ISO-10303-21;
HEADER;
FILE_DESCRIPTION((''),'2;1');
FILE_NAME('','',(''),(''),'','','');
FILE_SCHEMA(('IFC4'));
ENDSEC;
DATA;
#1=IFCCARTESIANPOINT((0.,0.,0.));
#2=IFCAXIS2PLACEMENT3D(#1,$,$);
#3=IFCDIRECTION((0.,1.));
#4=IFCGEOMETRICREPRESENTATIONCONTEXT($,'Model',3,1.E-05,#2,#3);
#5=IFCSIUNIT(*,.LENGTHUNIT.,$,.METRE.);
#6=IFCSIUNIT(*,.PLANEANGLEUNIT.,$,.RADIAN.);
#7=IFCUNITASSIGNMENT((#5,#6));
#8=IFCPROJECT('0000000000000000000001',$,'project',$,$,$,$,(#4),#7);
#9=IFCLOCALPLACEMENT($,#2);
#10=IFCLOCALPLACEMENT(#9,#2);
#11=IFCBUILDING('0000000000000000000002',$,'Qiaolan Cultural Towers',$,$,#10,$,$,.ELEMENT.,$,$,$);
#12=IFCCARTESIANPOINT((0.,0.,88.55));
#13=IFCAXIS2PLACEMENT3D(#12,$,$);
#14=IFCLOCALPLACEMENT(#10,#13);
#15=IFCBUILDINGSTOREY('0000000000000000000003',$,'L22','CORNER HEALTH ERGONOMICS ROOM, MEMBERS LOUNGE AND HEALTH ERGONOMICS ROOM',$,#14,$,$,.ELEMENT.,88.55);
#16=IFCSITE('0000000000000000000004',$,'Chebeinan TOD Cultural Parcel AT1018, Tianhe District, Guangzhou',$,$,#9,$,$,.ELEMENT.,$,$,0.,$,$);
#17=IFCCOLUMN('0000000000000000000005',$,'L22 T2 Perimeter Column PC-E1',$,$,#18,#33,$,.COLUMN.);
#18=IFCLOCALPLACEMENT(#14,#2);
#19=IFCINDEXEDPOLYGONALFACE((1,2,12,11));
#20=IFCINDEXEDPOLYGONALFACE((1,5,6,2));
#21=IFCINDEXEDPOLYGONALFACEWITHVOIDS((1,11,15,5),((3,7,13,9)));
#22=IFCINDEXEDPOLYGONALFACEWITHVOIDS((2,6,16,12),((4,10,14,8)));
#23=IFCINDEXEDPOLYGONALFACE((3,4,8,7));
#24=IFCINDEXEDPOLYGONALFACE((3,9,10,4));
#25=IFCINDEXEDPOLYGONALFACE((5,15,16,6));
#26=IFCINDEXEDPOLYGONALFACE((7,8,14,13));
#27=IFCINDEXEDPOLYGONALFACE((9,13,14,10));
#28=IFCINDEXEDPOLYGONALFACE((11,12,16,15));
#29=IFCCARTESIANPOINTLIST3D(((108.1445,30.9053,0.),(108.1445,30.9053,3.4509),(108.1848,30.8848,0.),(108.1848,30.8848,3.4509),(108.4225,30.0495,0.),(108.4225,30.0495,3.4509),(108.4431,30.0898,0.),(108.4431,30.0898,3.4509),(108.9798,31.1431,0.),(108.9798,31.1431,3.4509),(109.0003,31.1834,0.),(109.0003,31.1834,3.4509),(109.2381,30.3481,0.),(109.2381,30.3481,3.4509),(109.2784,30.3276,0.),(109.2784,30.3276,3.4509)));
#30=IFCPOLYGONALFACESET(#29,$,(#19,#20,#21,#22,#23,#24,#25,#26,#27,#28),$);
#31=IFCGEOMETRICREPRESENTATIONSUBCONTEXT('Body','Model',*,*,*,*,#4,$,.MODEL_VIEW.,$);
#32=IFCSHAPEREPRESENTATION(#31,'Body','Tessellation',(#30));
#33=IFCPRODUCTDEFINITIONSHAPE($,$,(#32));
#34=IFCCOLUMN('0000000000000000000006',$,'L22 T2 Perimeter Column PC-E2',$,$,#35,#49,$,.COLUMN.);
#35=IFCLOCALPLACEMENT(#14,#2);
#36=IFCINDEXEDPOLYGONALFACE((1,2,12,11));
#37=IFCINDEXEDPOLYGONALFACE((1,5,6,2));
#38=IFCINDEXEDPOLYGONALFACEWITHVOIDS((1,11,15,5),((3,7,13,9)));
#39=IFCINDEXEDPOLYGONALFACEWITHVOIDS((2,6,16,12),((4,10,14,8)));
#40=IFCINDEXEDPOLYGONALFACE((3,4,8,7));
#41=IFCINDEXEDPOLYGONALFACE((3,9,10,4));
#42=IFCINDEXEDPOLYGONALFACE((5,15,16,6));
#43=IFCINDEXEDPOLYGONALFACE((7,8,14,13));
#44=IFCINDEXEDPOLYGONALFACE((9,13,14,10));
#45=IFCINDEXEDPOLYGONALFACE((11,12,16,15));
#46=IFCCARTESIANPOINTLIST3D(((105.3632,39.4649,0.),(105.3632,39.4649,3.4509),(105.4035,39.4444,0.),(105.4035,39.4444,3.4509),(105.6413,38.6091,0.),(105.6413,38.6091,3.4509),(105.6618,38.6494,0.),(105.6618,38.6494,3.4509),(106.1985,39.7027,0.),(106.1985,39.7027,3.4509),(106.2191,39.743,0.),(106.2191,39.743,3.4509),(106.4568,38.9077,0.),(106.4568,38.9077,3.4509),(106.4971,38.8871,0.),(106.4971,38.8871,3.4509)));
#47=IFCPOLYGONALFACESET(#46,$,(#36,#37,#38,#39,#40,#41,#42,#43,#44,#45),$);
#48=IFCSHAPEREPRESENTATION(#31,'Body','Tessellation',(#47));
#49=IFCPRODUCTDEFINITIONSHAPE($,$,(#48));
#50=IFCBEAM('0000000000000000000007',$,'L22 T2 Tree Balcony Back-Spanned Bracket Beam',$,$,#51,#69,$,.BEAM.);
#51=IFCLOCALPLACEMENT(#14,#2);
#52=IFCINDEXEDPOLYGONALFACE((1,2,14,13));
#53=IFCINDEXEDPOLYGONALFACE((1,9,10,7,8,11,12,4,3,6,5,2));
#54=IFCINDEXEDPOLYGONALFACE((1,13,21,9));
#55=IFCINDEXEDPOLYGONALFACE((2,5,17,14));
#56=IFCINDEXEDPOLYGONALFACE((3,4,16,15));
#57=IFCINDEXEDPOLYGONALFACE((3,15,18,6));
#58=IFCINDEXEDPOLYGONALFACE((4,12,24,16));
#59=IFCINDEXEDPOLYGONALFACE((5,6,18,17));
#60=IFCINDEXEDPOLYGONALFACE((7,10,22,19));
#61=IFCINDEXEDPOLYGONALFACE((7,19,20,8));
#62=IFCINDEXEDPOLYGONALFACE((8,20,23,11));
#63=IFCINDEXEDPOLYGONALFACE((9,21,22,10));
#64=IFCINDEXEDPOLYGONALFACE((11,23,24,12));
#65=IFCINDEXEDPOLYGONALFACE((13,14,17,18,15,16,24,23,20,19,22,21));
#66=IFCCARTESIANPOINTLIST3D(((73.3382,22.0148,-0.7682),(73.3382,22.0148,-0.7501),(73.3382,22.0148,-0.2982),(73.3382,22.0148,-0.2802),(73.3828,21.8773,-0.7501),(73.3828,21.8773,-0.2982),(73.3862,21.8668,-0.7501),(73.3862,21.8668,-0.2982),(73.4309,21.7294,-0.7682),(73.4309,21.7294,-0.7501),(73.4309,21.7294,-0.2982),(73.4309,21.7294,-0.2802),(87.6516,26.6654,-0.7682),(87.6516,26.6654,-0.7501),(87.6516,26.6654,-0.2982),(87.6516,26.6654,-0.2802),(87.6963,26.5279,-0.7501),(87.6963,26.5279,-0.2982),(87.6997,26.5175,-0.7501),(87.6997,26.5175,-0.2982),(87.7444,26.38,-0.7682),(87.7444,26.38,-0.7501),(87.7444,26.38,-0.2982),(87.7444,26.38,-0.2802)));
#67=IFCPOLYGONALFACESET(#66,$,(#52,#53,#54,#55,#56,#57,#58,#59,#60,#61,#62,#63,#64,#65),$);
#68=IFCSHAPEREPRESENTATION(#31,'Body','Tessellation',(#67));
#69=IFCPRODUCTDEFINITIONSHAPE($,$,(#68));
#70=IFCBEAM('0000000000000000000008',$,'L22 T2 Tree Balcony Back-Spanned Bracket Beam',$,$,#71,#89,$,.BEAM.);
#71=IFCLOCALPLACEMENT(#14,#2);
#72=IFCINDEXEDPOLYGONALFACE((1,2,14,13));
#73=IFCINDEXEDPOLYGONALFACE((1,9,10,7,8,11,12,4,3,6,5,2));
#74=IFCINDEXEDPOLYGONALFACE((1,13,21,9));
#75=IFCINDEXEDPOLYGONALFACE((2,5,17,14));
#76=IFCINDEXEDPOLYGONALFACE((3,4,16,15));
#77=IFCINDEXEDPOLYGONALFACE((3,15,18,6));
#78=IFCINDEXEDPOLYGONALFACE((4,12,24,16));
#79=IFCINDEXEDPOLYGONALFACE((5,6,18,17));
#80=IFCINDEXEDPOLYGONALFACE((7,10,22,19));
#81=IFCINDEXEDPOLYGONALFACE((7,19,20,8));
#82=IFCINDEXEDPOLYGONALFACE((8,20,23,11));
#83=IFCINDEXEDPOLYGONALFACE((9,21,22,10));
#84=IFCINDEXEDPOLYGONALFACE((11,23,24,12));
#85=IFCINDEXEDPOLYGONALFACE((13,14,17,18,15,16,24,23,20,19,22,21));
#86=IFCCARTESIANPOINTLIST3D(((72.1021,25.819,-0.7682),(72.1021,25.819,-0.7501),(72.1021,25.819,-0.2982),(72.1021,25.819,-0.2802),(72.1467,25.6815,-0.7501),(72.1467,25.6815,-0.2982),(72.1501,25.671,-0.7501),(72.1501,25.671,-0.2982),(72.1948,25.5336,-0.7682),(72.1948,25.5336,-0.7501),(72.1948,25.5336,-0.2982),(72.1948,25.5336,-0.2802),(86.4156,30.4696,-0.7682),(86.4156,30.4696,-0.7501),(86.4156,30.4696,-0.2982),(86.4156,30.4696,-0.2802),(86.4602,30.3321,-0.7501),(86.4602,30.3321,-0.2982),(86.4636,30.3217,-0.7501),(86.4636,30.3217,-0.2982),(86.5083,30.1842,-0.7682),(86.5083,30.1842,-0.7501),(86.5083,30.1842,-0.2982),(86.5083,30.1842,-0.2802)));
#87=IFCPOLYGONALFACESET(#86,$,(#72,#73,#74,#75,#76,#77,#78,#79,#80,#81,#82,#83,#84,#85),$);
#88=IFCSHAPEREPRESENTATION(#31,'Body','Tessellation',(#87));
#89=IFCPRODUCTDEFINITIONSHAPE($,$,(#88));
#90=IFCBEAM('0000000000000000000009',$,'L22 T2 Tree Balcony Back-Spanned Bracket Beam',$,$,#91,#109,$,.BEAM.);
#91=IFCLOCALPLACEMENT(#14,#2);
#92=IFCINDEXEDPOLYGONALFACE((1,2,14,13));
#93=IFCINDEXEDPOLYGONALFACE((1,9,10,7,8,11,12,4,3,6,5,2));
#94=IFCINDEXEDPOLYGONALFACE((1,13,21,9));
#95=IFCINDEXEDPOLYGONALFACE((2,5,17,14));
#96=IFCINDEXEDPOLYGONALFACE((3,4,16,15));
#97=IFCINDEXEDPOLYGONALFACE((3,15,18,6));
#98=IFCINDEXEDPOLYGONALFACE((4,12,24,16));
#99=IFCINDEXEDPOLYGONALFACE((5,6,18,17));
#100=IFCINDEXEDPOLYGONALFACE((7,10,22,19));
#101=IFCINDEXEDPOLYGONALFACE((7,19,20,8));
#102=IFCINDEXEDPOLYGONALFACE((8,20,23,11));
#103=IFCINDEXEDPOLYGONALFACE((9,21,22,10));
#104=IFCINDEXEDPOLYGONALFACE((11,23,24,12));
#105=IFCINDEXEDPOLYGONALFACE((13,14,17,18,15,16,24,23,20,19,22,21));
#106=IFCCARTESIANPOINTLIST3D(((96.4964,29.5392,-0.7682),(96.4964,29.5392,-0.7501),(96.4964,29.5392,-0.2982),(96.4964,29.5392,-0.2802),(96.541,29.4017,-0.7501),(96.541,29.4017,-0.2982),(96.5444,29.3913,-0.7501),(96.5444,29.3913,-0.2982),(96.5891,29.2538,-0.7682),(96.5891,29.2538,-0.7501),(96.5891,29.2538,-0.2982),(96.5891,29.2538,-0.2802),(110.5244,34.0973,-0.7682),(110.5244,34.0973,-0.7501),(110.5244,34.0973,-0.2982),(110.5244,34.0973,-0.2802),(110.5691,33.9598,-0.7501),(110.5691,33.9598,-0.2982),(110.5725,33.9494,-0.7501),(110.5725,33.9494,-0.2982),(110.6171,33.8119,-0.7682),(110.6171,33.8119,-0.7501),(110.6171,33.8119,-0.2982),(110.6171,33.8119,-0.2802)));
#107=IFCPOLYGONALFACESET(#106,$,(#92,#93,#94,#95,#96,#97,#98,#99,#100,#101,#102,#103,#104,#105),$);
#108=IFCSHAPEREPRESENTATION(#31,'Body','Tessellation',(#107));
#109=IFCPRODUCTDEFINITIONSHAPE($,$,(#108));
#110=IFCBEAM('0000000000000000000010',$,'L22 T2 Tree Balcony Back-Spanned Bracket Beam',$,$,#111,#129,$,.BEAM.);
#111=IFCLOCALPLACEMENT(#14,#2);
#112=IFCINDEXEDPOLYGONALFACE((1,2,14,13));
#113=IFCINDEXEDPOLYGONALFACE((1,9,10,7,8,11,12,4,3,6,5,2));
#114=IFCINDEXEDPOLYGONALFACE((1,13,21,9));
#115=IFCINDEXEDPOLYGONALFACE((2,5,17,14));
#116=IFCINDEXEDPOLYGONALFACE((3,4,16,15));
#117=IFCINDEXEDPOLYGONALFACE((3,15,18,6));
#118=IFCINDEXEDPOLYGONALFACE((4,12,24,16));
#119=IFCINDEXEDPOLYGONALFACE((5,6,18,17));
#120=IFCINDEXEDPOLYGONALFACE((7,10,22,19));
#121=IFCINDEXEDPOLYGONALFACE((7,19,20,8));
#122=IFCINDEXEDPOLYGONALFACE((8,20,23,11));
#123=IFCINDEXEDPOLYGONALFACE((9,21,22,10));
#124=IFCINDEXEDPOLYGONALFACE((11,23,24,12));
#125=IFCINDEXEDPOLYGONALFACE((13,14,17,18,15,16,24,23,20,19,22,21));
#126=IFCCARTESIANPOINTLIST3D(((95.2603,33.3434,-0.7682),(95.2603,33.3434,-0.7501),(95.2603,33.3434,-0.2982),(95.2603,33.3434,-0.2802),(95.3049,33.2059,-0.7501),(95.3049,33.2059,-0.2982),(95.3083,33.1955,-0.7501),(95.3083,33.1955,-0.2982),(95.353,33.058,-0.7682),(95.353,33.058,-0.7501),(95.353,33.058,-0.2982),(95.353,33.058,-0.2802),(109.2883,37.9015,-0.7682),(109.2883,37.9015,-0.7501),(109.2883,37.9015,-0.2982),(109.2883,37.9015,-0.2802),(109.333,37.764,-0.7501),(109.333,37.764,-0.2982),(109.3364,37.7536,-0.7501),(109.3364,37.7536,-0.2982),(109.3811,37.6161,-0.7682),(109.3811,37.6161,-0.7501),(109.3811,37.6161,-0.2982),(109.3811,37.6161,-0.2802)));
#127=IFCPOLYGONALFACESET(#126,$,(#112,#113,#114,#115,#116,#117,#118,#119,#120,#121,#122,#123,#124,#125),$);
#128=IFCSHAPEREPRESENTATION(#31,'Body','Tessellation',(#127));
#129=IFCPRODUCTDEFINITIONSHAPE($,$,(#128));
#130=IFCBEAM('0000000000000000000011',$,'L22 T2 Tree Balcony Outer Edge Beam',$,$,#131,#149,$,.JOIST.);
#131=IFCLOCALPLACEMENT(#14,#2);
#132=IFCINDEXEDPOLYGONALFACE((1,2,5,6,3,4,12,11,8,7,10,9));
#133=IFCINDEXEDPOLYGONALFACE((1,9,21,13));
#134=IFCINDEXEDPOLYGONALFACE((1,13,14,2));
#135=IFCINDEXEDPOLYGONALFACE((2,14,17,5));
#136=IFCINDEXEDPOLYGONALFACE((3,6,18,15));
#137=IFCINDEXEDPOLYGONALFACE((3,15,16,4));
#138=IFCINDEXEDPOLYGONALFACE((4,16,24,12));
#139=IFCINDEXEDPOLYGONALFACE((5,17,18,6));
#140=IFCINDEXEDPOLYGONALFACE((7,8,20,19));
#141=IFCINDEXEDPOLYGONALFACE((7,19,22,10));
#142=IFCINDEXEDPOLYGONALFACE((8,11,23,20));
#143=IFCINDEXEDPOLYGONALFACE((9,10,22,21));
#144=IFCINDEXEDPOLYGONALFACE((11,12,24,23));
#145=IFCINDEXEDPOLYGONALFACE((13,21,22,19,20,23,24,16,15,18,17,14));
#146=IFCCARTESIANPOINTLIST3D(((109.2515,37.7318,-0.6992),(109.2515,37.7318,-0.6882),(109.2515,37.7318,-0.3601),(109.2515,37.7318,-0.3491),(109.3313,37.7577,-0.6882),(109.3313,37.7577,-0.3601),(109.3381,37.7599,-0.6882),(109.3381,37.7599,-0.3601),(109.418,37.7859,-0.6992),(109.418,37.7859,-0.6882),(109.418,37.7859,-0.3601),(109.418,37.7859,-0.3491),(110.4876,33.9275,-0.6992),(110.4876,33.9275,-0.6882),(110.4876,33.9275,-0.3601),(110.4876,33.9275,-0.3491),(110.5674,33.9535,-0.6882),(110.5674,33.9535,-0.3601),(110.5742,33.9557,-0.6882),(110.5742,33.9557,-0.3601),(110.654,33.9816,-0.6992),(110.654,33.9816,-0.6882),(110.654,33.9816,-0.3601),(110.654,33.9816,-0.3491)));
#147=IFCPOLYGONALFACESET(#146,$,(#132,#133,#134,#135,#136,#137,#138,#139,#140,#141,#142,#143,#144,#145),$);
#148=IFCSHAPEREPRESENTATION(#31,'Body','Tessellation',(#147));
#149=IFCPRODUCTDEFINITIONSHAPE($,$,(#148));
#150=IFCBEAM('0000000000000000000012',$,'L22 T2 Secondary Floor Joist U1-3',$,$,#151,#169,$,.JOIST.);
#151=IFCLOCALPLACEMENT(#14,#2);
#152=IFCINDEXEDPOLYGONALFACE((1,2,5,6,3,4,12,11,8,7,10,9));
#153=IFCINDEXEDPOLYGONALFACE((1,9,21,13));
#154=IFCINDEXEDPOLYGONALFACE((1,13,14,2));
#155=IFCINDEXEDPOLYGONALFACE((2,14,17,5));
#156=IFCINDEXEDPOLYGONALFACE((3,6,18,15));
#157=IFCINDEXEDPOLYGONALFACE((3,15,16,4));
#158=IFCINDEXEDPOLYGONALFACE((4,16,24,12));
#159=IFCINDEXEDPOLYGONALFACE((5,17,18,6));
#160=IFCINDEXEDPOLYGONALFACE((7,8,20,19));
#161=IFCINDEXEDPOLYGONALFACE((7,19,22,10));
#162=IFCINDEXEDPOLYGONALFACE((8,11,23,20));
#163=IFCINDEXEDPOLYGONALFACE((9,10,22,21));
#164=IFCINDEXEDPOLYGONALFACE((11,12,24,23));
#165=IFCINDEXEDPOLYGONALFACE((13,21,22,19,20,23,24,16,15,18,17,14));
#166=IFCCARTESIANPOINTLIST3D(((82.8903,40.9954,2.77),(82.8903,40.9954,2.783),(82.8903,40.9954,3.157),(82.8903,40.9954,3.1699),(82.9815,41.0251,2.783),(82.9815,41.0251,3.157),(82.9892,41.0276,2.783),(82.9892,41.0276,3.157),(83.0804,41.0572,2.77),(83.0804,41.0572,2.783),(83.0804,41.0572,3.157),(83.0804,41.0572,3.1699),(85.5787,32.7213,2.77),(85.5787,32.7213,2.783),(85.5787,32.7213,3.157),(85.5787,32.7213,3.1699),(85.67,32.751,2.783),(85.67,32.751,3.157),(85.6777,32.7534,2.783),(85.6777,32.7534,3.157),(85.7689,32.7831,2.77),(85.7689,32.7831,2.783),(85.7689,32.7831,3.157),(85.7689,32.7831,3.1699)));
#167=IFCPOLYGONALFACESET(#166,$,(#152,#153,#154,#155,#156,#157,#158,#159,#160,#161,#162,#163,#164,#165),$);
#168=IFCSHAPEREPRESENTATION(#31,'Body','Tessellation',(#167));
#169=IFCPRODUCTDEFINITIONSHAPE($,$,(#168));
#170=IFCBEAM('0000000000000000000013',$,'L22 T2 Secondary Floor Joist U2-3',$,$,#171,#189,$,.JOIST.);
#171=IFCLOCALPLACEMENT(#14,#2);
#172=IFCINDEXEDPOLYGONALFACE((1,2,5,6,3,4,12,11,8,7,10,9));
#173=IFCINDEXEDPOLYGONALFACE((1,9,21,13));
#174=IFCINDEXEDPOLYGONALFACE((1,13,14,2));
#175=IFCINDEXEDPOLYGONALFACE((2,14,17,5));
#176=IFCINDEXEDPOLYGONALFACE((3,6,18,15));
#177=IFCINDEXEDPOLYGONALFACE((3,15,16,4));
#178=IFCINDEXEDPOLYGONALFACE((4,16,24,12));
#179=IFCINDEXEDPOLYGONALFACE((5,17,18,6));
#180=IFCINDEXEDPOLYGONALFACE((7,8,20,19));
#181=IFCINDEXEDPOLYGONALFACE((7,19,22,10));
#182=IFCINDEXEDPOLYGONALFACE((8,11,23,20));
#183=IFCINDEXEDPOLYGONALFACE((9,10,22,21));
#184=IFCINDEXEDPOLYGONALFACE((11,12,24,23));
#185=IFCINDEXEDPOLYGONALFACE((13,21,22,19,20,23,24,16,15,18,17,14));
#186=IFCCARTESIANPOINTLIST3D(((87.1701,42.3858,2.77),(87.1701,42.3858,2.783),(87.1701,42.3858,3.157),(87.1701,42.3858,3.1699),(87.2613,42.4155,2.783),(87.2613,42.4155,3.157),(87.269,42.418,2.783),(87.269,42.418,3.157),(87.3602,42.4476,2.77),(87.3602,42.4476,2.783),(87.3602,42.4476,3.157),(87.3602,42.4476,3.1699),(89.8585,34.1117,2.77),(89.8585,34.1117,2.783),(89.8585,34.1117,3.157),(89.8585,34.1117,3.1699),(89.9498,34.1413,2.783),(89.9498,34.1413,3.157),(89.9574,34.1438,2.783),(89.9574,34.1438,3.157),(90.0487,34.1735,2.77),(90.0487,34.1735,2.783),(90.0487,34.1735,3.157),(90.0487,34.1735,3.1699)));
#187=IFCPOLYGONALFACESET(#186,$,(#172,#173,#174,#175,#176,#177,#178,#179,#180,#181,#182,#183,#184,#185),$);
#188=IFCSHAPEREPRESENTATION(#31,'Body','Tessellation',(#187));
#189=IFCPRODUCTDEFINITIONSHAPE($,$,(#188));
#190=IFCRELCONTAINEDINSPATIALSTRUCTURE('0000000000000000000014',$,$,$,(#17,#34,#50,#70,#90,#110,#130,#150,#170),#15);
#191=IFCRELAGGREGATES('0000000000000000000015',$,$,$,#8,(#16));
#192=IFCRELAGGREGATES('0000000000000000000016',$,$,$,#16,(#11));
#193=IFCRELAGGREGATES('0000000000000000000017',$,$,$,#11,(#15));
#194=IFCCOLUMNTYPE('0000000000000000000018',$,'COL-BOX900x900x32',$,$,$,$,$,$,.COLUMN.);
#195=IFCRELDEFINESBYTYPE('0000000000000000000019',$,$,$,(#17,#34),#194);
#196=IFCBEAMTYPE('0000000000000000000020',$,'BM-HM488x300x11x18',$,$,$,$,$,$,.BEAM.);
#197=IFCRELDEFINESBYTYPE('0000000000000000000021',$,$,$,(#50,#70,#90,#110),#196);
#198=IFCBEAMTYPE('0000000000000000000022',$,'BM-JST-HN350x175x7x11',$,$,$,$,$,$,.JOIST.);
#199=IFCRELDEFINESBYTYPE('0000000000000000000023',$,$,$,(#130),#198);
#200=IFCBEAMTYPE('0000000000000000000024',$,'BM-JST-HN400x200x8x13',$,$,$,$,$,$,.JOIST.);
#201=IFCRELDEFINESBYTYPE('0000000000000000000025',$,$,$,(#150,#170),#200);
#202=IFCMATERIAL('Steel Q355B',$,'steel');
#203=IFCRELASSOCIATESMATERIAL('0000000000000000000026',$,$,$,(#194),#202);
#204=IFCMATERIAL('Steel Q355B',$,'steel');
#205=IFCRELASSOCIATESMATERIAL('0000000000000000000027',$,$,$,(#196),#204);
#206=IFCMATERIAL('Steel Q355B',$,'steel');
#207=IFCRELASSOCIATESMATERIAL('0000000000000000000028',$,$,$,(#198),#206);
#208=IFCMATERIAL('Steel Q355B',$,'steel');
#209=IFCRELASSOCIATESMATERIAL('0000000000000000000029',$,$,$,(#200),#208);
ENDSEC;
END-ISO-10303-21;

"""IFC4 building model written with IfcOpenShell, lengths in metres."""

from ifc_helpers import new_model, si_unit, direction, frame, origin, origin_2d, place, context, subcontext, project, spatial, hollow_rectangle, i_section, extrude, material, material_profile, profile_set, type_object, element, save


model = new_model("IFC4")

# Units and contexts
model_context = context("Model", 3, precision=1e-05, world=origin(), true_north=direction((0.0, 1.0)))
body_context = subcontext(model_context, "Body", "Model", "MODEL_VIEW")
ifc_project = project(units=[si_unit("LENGTHUNIT", "METRE"), si_unit("PLANEANGLEUNIT", "RADIAN")], contexts=[model_context])

# Site, building, storey
site_placement = place(None, origin())
site = spatial("IfcSite", under=ifc_project, at=site_placement, Name="Chebeinan TOD Cultural Parcel AT1018, Tianhe District, Guangzhou", CompositionType="ELEMENT", RefElevation=0.0)
building_placement = place(site_placement, origin())
building = spatial("IfcBuilding", under=site, at=building_placement, Name="Qiaolan Cultural Towers", CompositionType="ELEMENT")
storey_placement = place(building_placement, frame((0.0, 0.0, 88.55)))
storey = spatial("IfcBuildingStorey", under=building, at=storey_placement, Name="L22", Description="CORNER HEALTH ERGONOMICS ROOM, MEMBERS LOUNGE AND HEALTH ERGONOMICS ROOM", CompositionType="ELEMENT", Elevation=88.55)

# Columns
ifc_material_1 = material(Name="Steel Q355B", Category="steel")
ifc_material_profile_1 = material_profile(ifc_material_1, hollow_rectangle(XDim=0.8999, YDim=0.8999, WallThickness=0.032, at=origin_2d()), Name="BOX900x900x32")
ifc_profile_set_1 = profile_set([ifc_material_profile_1], Name="Steel Q355B")
column_type = type_object("IfcColumnType", Name="COL-BOX900x900x32", PredefinedType="COLUMN", material=ifc_profile_set_1)
for number, where, z_axis, x_axis, name in (
    (1, (108.7114, 30.6165, 0.0), (0.0, 0.0, 1.0), (0.951057, 0.309017, 0.0), "L22 T2 Perimeter Column PC-E1"),
    (2, (105.9302, 39.176, 0.0), (0.0, 0.0, 1.0), (0.951057, 0.309017, 0.0), "L22 T2 Perimeter Column PC-E2"),
):
    element("IfcColumn", number, at=place(storey_placement, frame(where, z_axis=z_axis, x_axis=x_axis)), inside=storey, type_object=column_type, Name=name, PredefinedType="COLUMN", context=body_context, shape_type="SweptSolid", body=[
        extrude(hollow_rectangle(XDim=0.8999, YDim=0.8999, WallThickness=0.032, at=origin_2d()), origin(), (0.0, 0.0, 1.0), 3.4509),
    ])

# Beams
ifc_material_2 = material(Name="Steel Q355B", Category="steel")
ifc_material_profile_2 = material_profile(ifc_material_2, i_section(OverallWidth=0.3, OverallDepth=0.488, WebThickness=0.011, FlangeThickness=0.0181, at=origin_2d()), Name="HM488x300x11x18")
ifc_profile_set_2 = profile_set([ifc_material_profile_2], Name="Steel Q355B")
beam_type_1 = type_object("IfcBeamType", Name="BM-HM488x300x11x18", PredefinedType="BEAM", material=ifc_profile_set_2)
for number, where, z_axis, x_axis, name in (
    (3, (87.698, 26.5227, -0.5242), (-0.951058, -0.309011, 0.0), (0.309011, -0.951058, 0.0), "L22 T2 Tree Balcony Back-Spanned Bracket Beam"),
    (4, (86.4619, 30.3269, -0.5242), (-0.951058, -0.309011, 0.0), (0.309011, -0.951058, 0.0), "L22 T2 Tree Balcony Back-Spanned Bracket Beam"),
):
    element("IfcBeam", number, at=place(storey_placement, frame(where, z_axis=z_axis, x_axis=x_axis)), inside=storey, type_object=beam_type_1, Name=name, PredefinedType="BEAM", context=body_context, shape_type="SweptSolid", body=[
        extrude(i_section(OverallWidth=0.3, OverallDepth=0.488, WebThickness=0.011, FlangeThickness=0.0181, at=origin_2d()), origin(), (0.0, 0.0, 1.0), 15.05),
    ])
for number, where, z_axis, x_axis, name in (
    (5, (96.5427, 29.3965, -0.5242), (0.951054, 0.309024, 0.0), (-0.309024, 0.951054, 0.0), "L22 T2 Tree Balcony Back-Spanned Bracket Beam"),
    (6, (95.3066, 33.2007, -0.5242), (0.951054, 0.309024, 0.0), (-0.309024, 0.951054, 0.0), "L22 T2 Tree Balcony Back-Spanned Bracket Beam"),
):
    element("IfcBeam", number, at=place(storey_placement, frame(where, z_axis=z_axis, x_axis=x_axis)), inside=storey, type_object=beam_type_1, Name=name, PredefinedType="BEAM", context=body_context, shape_type="SweptSolid", body=[
        extrude(i_section(OverallWidth=0.3, OverallDepth=0.488, WebThickness=0.011, FlangeThickness=0.0181, at=origin_2d()), origin(), (0.0, 0.0, 1.0), 14.75),
    ])
ifc_material_3 = material(Name="Steel Q355B", Category="steel")
ifc_material_profile_3 = material_profile(ifc_material_3, i_section(OverallWidth=0.175, OverallDepth=0.3501, WebThickness=0.0071, FlangeThickness=0.011, at=origin_2d()), Name="HN350x175x7x11")
ifc_profile_set_3 = profile_set([ifc_material_profile_3], Name="Steel Q355B")
beam_type_2 = type_object("IfcBeamType", Name="BM-JST-HN350x175x7x11", PredefinedType="JOIST", material=ifc_profile_set_3)
beam_placement = place(storey_placement, frame((110.5708, 33.9546, -0.5242), z_axis=(-0.309023, 0.951055, 0.0), x_axis=(-0.951055, -0.309023, 0.0)))
element("IfcBeam", 7, at=beam_placement, inside=storey, type_object=beam_type_2, Name="L22 T2 Tree Balcony Outer Edge Beam", PredefinedType="JOIST", context=body_context, shape_type="SweptSolid", body=[
    extrude(i_section(OverallWidth=0.175, OverallDepth=0.3501, WebThickness=0.0071, FlangeThickness=0.011, at=origin_2d()), origin(), (0.0, 0.0, 1.0), 4.0),
])
ifc_material_4 = material(Name="Steel Q355B", Category="steel")
ifc_material_profile_4 = material_profile(ifc_material_4, i_section(OverallWidth=0.2, OverallDepth=0.3999, WebThickness=0.0081, FlangeThickness=0.0129, at=origin_2d()), Name="HN400x200x8x13")
ifc_profile_set_4 = profile_set([ifc_material_profile_4], Name="Steel Q355B")
beam_type_3 = type_object("IfcBeamType", Name="BM-JST-HN400x200x8x13", PredefinedType="JOIST", material=ifc_profile_set_4)
for number, where, z_axis, x_axis, name in (
    (8, (85.6738, 32.7522, 2.97), (-0.309021, 0.951055, 0.0), (-0.951055, -0.309021, 0.0), "L22 T2 Secondary Floor Joist U1-3"),
    (9, (89.9536, 34.1426, 2.97), (-0.309021, 0.951055, 0.0), (-0.951055, -0.309021, 0.0), "L22 T2 Secondary Floor Joist U2-3"),
):
    element("IfcBeam", number, at=place(storey_placement, frame(where, z_axis=z_axis, x_axis=x_axis)), inside=storey, type_object=beam_type_3, Name=name, PredefinedType="JOIST", context=body_context, shape_type="SweptSolid", body=[
        extrude(i_section(OverallWidth=0.2, OverallDepth=0.3999, WebThickness=0.0081, FlangeThickness=0.0129, at=origin_2d()), origin(), (0.0, 0.0, 1.0), 8.7),
    ])

save(model, "model.ifc")
